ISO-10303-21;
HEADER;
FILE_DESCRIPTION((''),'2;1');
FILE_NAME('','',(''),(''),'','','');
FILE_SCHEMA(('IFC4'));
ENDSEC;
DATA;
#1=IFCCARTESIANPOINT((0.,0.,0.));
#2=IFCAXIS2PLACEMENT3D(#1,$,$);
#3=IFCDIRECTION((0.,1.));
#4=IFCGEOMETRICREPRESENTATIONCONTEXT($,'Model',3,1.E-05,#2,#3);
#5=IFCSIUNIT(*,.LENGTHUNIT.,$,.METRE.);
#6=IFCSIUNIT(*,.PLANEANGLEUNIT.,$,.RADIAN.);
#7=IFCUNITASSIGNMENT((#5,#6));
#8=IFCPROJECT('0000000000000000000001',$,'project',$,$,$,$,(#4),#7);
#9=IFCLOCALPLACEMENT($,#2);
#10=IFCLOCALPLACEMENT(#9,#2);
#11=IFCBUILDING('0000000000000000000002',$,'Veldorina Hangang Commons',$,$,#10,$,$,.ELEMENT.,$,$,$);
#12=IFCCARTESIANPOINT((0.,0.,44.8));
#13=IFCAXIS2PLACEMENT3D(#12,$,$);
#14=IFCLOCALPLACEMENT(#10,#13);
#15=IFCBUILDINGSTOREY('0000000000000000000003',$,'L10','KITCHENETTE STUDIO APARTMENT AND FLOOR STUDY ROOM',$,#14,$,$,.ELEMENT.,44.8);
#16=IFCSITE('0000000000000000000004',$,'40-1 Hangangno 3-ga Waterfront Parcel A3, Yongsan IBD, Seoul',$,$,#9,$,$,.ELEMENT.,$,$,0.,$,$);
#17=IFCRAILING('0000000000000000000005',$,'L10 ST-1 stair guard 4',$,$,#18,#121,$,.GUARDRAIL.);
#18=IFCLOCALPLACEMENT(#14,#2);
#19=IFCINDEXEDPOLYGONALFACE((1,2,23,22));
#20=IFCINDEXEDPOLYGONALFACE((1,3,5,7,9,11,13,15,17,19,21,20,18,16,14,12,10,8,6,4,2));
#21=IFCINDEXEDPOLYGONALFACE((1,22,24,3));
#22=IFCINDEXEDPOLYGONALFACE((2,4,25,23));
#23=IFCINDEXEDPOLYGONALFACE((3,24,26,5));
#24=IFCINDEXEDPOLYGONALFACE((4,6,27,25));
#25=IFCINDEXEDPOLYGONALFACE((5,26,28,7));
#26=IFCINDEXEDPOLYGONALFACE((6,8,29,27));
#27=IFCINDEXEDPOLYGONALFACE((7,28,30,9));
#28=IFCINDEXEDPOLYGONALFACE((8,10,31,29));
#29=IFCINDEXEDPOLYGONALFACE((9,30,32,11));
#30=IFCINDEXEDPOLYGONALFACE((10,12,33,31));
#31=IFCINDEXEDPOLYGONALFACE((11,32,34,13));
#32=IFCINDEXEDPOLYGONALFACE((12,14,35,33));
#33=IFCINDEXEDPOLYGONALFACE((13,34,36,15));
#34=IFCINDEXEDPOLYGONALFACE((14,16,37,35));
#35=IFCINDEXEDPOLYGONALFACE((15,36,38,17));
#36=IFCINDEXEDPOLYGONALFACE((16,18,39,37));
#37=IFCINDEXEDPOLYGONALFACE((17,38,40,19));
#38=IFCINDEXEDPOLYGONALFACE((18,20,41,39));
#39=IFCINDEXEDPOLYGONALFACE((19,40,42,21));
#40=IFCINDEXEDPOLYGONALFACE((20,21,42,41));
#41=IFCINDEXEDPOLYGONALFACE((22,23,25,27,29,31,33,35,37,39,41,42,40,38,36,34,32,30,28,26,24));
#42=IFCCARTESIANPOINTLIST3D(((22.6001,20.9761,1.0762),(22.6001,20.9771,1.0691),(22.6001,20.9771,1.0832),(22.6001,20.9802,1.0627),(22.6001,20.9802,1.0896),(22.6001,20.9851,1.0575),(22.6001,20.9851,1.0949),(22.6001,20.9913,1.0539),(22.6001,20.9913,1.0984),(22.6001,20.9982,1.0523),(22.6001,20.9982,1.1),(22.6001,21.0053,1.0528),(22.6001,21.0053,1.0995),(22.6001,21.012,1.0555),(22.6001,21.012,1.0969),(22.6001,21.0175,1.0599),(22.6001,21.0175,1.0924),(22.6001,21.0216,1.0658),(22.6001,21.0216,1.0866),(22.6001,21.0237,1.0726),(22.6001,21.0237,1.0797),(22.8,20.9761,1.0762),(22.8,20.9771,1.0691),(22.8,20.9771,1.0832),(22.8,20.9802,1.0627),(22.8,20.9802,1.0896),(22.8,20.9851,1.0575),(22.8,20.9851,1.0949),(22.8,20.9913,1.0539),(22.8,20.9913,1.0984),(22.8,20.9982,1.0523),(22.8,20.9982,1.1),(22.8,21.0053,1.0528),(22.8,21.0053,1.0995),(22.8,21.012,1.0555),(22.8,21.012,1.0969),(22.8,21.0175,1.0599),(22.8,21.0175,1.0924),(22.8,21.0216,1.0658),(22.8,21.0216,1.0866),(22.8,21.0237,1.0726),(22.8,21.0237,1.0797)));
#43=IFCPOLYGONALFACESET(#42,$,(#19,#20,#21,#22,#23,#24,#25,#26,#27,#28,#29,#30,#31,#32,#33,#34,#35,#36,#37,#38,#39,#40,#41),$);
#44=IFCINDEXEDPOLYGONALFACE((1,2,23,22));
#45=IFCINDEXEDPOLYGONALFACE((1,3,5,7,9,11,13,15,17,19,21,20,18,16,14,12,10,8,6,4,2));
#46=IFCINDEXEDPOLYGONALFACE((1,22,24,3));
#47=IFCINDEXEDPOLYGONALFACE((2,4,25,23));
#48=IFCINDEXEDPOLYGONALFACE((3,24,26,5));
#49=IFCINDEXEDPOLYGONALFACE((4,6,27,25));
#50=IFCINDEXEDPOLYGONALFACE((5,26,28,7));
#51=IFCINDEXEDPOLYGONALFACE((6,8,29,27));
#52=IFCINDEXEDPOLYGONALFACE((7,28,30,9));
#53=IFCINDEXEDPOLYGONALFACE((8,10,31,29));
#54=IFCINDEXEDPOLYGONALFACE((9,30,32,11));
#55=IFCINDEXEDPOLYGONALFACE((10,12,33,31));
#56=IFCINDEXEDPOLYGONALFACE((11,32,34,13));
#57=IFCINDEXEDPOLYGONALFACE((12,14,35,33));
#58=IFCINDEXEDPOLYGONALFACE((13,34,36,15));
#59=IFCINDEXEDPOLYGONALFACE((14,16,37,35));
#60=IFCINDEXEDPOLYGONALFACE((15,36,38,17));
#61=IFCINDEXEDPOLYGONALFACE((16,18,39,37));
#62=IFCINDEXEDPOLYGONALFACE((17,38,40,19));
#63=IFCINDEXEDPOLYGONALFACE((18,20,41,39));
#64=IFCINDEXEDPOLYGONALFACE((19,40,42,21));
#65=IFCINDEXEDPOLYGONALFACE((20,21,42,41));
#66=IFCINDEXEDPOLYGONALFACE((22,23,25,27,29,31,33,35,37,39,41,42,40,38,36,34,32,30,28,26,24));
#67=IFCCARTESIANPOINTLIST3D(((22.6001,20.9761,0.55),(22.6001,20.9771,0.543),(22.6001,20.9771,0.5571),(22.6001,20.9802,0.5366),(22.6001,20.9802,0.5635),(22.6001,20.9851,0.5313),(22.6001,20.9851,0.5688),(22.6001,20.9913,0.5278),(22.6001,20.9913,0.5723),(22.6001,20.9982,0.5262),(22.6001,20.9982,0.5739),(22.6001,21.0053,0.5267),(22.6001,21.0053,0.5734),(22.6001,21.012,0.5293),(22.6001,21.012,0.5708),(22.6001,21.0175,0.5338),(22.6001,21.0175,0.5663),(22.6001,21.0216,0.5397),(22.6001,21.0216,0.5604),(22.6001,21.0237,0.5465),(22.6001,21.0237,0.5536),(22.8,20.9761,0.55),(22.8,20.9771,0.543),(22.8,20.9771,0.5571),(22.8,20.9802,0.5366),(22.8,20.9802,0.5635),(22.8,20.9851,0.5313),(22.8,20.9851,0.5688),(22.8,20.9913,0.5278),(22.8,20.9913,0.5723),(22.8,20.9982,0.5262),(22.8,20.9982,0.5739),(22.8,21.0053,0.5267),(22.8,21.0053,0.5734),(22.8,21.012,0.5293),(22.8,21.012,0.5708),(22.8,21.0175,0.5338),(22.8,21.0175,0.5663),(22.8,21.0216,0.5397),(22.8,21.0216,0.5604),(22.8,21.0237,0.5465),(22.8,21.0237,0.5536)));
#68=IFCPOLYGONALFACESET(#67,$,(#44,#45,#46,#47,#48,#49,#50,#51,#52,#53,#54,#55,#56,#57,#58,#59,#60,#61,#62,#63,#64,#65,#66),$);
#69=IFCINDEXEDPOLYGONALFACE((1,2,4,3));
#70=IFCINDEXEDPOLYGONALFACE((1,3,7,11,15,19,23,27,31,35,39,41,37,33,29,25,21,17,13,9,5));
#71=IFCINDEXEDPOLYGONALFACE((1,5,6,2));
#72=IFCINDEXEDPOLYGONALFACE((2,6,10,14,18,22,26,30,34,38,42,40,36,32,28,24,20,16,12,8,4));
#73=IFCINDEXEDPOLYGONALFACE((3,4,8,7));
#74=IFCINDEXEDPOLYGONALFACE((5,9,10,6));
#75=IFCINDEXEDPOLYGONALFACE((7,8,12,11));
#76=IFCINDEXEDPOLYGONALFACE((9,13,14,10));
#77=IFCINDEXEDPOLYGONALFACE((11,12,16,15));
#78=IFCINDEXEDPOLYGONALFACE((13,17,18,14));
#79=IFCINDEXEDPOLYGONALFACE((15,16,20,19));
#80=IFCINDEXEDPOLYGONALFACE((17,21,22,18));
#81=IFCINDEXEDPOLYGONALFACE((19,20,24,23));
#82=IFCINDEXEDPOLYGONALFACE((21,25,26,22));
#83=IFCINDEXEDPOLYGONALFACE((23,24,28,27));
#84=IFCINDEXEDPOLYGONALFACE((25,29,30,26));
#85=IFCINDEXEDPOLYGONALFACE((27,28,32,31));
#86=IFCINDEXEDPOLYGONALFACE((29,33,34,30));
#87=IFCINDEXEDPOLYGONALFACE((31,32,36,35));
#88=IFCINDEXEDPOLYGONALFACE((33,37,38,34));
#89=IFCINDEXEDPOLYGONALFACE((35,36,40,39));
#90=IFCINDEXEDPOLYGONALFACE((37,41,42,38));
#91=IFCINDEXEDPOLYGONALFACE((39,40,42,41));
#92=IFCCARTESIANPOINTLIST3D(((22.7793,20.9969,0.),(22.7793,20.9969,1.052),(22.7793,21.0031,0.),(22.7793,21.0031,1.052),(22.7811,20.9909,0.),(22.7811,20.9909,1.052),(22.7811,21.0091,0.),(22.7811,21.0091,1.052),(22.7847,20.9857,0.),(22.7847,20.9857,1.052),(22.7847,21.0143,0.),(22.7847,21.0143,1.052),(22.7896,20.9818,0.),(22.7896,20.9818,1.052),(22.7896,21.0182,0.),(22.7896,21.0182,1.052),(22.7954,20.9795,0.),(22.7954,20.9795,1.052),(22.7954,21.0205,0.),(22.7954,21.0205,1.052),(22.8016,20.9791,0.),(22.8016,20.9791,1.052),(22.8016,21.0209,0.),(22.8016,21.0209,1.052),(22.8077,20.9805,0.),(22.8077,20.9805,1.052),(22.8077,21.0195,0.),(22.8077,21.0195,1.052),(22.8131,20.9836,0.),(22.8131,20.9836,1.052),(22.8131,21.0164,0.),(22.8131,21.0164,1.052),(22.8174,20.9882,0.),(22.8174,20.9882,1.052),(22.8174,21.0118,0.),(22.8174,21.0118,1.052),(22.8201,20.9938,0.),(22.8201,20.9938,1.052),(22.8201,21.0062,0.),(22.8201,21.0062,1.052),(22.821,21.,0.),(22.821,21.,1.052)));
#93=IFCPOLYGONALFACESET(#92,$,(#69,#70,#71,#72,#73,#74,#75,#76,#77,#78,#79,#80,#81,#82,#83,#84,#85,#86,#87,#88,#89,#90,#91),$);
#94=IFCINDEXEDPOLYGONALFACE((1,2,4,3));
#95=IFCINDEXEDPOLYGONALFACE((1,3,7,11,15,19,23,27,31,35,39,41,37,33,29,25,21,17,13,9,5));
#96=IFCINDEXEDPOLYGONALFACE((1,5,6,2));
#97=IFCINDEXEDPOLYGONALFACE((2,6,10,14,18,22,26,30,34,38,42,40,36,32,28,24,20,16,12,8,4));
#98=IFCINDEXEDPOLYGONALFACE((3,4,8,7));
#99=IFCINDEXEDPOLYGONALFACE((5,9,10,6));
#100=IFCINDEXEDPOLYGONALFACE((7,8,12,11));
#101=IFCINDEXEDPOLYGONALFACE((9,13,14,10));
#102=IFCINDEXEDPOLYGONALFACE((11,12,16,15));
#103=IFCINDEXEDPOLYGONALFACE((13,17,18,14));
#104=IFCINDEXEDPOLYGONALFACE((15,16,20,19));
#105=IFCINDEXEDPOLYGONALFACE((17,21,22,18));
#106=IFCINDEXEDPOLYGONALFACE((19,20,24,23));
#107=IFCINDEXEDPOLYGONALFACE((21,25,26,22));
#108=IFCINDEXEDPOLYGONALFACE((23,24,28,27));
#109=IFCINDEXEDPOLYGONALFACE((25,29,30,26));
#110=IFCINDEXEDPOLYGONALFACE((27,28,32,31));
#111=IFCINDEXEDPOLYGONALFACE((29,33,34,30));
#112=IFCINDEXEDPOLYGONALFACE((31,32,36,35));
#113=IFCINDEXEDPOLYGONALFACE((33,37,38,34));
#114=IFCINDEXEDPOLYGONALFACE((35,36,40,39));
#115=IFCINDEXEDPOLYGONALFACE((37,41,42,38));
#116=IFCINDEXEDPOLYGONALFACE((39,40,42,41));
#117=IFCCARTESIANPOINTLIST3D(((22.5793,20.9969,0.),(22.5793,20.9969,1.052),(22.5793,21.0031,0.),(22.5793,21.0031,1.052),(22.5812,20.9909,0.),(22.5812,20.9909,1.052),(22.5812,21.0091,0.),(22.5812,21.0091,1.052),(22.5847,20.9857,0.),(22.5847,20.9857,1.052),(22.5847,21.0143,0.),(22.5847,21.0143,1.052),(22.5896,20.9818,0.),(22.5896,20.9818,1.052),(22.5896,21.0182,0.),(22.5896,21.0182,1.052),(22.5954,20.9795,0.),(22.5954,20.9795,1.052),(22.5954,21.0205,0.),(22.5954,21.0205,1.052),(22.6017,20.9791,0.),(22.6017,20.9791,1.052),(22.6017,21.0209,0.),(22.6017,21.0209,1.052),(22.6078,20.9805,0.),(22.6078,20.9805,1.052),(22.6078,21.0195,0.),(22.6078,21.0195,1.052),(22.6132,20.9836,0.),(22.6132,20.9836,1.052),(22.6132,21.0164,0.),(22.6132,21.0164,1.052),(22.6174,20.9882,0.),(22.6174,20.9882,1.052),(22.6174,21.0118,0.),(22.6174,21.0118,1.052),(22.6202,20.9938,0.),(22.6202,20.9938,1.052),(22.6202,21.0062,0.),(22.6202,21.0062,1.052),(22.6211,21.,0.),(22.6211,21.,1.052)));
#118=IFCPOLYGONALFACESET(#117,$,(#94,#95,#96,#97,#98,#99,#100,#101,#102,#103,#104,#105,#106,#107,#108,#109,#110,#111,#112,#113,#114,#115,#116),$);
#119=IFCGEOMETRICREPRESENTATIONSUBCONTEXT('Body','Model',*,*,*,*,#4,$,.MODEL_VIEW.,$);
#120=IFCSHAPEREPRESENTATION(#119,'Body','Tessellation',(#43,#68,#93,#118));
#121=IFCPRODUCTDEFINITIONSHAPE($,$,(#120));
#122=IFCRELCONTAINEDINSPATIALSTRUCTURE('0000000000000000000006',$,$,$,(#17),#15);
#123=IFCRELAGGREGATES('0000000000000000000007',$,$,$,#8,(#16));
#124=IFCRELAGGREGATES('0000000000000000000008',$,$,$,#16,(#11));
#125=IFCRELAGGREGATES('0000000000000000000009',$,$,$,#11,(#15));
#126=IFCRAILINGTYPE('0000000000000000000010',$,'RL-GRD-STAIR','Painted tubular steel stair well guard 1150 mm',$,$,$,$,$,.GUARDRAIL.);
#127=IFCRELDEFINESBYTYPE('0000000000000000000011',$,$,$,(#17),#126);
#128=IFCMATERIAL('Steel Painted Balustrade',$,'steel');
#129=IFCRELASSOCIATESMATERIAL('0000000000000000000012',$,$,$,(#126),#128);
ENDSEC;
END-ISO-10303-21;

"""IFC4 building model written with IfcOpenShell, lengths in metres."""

from ifc_helpers import new_model, si_unit, direction, frame, origin, origin_2d, place, context, subcontext, project, spatial, circle, extrude, material, type_object, element, save


model = new_model("IFC4")

# Units and contexts
model_context = context("Model", 3, precision=1e-05, world=origin(), true_north=direction((0.0, 1.0)))
body_context = subcontext(model_context, "Body", "Model", "MODEL_VIEW")
ifc_project = project(units=[si_unit("LENGTHUNIT", "METRE"), si_unit("PLANEANGLEUNIT", "RADIAN")], contexts=[model_context])

# Site, building, storey
site_placement = place(None, origin())
site = spatial("IfcSite", under=ifc_project, at=site_placement, Name="40-1 Hangangno 3-ga Waterfront Parcel A3, Yongsan IBD, Seoul", CompositionType="ELEMENT", RefElevation=0.0)
building_placement = place(site_placement, origin())
building = spatial("IfcBuilding", under=site, at=building_placement, Name="Veldorina Hangang Commons", CompositionType="ELEMENT")
storey_placement = place(building_placement, frame((0.0, 0.0, 44.8)))
storey = spatial("IfcBuildingStorey", under=building, at=storey_placement, Name="L10", Description="KITCHENETTE STUDIO APARTMENT AND FLOOR STUDY ROOM", CompositionType="ELEMENT", Elevation=44.8)

# Railing
ifc_material_1 = material(Name="Steel Painted Balustrade", Category="steel")
railing_type = type_object("IfcRailingType", Name="RL-GRD-STAIR", Description="Painted tubular steel stair well guard 1150 mm", PredefinedType="GUARDRAIL", material=ifc_material_1)
railing_placement = place(storey_placement, frame((22.8, 21.0, 0.0)))
element("IfcRailing", 1, at=railing_placement, inside=storey, type_object=railing_type, Name="L10 ST-1 stair guard 4", PredefinedType="GUARDRAIL", context=body_context, shape_type="SweptSolid", body=[
    extrude(circle(Radius=0.0239, at=origin_2d()), frame((0.0, 0.0, 1.0762), z_axis=(-1.0, 0.0, 0.0), x_axis=(0.0, -1.0, 0.0)), (0.0, 0.0, 1.0), 0.2),
    extrude(circle(Radius=0.0239, at=origin_2d()), frame((0.0, 0.0, 0.55), z_axis=(-1.0, 0.0, 0.0), x_axis=(0.0, -1.0, 0.0)), (0.0, 0.0, 1.0), 0.2),
    extrude(circle(Radius=0.021, at=origin_2d()), origin(), (0.0, 0.0, 1.0), 1.052),
    extrude(circle(Radius=0.021, at=origin_2d()), frame((-0.2, 0.0, 0.0)), (0.0, 0.0, 1.0), 1.052),
])

save(model, "model.ifc")
